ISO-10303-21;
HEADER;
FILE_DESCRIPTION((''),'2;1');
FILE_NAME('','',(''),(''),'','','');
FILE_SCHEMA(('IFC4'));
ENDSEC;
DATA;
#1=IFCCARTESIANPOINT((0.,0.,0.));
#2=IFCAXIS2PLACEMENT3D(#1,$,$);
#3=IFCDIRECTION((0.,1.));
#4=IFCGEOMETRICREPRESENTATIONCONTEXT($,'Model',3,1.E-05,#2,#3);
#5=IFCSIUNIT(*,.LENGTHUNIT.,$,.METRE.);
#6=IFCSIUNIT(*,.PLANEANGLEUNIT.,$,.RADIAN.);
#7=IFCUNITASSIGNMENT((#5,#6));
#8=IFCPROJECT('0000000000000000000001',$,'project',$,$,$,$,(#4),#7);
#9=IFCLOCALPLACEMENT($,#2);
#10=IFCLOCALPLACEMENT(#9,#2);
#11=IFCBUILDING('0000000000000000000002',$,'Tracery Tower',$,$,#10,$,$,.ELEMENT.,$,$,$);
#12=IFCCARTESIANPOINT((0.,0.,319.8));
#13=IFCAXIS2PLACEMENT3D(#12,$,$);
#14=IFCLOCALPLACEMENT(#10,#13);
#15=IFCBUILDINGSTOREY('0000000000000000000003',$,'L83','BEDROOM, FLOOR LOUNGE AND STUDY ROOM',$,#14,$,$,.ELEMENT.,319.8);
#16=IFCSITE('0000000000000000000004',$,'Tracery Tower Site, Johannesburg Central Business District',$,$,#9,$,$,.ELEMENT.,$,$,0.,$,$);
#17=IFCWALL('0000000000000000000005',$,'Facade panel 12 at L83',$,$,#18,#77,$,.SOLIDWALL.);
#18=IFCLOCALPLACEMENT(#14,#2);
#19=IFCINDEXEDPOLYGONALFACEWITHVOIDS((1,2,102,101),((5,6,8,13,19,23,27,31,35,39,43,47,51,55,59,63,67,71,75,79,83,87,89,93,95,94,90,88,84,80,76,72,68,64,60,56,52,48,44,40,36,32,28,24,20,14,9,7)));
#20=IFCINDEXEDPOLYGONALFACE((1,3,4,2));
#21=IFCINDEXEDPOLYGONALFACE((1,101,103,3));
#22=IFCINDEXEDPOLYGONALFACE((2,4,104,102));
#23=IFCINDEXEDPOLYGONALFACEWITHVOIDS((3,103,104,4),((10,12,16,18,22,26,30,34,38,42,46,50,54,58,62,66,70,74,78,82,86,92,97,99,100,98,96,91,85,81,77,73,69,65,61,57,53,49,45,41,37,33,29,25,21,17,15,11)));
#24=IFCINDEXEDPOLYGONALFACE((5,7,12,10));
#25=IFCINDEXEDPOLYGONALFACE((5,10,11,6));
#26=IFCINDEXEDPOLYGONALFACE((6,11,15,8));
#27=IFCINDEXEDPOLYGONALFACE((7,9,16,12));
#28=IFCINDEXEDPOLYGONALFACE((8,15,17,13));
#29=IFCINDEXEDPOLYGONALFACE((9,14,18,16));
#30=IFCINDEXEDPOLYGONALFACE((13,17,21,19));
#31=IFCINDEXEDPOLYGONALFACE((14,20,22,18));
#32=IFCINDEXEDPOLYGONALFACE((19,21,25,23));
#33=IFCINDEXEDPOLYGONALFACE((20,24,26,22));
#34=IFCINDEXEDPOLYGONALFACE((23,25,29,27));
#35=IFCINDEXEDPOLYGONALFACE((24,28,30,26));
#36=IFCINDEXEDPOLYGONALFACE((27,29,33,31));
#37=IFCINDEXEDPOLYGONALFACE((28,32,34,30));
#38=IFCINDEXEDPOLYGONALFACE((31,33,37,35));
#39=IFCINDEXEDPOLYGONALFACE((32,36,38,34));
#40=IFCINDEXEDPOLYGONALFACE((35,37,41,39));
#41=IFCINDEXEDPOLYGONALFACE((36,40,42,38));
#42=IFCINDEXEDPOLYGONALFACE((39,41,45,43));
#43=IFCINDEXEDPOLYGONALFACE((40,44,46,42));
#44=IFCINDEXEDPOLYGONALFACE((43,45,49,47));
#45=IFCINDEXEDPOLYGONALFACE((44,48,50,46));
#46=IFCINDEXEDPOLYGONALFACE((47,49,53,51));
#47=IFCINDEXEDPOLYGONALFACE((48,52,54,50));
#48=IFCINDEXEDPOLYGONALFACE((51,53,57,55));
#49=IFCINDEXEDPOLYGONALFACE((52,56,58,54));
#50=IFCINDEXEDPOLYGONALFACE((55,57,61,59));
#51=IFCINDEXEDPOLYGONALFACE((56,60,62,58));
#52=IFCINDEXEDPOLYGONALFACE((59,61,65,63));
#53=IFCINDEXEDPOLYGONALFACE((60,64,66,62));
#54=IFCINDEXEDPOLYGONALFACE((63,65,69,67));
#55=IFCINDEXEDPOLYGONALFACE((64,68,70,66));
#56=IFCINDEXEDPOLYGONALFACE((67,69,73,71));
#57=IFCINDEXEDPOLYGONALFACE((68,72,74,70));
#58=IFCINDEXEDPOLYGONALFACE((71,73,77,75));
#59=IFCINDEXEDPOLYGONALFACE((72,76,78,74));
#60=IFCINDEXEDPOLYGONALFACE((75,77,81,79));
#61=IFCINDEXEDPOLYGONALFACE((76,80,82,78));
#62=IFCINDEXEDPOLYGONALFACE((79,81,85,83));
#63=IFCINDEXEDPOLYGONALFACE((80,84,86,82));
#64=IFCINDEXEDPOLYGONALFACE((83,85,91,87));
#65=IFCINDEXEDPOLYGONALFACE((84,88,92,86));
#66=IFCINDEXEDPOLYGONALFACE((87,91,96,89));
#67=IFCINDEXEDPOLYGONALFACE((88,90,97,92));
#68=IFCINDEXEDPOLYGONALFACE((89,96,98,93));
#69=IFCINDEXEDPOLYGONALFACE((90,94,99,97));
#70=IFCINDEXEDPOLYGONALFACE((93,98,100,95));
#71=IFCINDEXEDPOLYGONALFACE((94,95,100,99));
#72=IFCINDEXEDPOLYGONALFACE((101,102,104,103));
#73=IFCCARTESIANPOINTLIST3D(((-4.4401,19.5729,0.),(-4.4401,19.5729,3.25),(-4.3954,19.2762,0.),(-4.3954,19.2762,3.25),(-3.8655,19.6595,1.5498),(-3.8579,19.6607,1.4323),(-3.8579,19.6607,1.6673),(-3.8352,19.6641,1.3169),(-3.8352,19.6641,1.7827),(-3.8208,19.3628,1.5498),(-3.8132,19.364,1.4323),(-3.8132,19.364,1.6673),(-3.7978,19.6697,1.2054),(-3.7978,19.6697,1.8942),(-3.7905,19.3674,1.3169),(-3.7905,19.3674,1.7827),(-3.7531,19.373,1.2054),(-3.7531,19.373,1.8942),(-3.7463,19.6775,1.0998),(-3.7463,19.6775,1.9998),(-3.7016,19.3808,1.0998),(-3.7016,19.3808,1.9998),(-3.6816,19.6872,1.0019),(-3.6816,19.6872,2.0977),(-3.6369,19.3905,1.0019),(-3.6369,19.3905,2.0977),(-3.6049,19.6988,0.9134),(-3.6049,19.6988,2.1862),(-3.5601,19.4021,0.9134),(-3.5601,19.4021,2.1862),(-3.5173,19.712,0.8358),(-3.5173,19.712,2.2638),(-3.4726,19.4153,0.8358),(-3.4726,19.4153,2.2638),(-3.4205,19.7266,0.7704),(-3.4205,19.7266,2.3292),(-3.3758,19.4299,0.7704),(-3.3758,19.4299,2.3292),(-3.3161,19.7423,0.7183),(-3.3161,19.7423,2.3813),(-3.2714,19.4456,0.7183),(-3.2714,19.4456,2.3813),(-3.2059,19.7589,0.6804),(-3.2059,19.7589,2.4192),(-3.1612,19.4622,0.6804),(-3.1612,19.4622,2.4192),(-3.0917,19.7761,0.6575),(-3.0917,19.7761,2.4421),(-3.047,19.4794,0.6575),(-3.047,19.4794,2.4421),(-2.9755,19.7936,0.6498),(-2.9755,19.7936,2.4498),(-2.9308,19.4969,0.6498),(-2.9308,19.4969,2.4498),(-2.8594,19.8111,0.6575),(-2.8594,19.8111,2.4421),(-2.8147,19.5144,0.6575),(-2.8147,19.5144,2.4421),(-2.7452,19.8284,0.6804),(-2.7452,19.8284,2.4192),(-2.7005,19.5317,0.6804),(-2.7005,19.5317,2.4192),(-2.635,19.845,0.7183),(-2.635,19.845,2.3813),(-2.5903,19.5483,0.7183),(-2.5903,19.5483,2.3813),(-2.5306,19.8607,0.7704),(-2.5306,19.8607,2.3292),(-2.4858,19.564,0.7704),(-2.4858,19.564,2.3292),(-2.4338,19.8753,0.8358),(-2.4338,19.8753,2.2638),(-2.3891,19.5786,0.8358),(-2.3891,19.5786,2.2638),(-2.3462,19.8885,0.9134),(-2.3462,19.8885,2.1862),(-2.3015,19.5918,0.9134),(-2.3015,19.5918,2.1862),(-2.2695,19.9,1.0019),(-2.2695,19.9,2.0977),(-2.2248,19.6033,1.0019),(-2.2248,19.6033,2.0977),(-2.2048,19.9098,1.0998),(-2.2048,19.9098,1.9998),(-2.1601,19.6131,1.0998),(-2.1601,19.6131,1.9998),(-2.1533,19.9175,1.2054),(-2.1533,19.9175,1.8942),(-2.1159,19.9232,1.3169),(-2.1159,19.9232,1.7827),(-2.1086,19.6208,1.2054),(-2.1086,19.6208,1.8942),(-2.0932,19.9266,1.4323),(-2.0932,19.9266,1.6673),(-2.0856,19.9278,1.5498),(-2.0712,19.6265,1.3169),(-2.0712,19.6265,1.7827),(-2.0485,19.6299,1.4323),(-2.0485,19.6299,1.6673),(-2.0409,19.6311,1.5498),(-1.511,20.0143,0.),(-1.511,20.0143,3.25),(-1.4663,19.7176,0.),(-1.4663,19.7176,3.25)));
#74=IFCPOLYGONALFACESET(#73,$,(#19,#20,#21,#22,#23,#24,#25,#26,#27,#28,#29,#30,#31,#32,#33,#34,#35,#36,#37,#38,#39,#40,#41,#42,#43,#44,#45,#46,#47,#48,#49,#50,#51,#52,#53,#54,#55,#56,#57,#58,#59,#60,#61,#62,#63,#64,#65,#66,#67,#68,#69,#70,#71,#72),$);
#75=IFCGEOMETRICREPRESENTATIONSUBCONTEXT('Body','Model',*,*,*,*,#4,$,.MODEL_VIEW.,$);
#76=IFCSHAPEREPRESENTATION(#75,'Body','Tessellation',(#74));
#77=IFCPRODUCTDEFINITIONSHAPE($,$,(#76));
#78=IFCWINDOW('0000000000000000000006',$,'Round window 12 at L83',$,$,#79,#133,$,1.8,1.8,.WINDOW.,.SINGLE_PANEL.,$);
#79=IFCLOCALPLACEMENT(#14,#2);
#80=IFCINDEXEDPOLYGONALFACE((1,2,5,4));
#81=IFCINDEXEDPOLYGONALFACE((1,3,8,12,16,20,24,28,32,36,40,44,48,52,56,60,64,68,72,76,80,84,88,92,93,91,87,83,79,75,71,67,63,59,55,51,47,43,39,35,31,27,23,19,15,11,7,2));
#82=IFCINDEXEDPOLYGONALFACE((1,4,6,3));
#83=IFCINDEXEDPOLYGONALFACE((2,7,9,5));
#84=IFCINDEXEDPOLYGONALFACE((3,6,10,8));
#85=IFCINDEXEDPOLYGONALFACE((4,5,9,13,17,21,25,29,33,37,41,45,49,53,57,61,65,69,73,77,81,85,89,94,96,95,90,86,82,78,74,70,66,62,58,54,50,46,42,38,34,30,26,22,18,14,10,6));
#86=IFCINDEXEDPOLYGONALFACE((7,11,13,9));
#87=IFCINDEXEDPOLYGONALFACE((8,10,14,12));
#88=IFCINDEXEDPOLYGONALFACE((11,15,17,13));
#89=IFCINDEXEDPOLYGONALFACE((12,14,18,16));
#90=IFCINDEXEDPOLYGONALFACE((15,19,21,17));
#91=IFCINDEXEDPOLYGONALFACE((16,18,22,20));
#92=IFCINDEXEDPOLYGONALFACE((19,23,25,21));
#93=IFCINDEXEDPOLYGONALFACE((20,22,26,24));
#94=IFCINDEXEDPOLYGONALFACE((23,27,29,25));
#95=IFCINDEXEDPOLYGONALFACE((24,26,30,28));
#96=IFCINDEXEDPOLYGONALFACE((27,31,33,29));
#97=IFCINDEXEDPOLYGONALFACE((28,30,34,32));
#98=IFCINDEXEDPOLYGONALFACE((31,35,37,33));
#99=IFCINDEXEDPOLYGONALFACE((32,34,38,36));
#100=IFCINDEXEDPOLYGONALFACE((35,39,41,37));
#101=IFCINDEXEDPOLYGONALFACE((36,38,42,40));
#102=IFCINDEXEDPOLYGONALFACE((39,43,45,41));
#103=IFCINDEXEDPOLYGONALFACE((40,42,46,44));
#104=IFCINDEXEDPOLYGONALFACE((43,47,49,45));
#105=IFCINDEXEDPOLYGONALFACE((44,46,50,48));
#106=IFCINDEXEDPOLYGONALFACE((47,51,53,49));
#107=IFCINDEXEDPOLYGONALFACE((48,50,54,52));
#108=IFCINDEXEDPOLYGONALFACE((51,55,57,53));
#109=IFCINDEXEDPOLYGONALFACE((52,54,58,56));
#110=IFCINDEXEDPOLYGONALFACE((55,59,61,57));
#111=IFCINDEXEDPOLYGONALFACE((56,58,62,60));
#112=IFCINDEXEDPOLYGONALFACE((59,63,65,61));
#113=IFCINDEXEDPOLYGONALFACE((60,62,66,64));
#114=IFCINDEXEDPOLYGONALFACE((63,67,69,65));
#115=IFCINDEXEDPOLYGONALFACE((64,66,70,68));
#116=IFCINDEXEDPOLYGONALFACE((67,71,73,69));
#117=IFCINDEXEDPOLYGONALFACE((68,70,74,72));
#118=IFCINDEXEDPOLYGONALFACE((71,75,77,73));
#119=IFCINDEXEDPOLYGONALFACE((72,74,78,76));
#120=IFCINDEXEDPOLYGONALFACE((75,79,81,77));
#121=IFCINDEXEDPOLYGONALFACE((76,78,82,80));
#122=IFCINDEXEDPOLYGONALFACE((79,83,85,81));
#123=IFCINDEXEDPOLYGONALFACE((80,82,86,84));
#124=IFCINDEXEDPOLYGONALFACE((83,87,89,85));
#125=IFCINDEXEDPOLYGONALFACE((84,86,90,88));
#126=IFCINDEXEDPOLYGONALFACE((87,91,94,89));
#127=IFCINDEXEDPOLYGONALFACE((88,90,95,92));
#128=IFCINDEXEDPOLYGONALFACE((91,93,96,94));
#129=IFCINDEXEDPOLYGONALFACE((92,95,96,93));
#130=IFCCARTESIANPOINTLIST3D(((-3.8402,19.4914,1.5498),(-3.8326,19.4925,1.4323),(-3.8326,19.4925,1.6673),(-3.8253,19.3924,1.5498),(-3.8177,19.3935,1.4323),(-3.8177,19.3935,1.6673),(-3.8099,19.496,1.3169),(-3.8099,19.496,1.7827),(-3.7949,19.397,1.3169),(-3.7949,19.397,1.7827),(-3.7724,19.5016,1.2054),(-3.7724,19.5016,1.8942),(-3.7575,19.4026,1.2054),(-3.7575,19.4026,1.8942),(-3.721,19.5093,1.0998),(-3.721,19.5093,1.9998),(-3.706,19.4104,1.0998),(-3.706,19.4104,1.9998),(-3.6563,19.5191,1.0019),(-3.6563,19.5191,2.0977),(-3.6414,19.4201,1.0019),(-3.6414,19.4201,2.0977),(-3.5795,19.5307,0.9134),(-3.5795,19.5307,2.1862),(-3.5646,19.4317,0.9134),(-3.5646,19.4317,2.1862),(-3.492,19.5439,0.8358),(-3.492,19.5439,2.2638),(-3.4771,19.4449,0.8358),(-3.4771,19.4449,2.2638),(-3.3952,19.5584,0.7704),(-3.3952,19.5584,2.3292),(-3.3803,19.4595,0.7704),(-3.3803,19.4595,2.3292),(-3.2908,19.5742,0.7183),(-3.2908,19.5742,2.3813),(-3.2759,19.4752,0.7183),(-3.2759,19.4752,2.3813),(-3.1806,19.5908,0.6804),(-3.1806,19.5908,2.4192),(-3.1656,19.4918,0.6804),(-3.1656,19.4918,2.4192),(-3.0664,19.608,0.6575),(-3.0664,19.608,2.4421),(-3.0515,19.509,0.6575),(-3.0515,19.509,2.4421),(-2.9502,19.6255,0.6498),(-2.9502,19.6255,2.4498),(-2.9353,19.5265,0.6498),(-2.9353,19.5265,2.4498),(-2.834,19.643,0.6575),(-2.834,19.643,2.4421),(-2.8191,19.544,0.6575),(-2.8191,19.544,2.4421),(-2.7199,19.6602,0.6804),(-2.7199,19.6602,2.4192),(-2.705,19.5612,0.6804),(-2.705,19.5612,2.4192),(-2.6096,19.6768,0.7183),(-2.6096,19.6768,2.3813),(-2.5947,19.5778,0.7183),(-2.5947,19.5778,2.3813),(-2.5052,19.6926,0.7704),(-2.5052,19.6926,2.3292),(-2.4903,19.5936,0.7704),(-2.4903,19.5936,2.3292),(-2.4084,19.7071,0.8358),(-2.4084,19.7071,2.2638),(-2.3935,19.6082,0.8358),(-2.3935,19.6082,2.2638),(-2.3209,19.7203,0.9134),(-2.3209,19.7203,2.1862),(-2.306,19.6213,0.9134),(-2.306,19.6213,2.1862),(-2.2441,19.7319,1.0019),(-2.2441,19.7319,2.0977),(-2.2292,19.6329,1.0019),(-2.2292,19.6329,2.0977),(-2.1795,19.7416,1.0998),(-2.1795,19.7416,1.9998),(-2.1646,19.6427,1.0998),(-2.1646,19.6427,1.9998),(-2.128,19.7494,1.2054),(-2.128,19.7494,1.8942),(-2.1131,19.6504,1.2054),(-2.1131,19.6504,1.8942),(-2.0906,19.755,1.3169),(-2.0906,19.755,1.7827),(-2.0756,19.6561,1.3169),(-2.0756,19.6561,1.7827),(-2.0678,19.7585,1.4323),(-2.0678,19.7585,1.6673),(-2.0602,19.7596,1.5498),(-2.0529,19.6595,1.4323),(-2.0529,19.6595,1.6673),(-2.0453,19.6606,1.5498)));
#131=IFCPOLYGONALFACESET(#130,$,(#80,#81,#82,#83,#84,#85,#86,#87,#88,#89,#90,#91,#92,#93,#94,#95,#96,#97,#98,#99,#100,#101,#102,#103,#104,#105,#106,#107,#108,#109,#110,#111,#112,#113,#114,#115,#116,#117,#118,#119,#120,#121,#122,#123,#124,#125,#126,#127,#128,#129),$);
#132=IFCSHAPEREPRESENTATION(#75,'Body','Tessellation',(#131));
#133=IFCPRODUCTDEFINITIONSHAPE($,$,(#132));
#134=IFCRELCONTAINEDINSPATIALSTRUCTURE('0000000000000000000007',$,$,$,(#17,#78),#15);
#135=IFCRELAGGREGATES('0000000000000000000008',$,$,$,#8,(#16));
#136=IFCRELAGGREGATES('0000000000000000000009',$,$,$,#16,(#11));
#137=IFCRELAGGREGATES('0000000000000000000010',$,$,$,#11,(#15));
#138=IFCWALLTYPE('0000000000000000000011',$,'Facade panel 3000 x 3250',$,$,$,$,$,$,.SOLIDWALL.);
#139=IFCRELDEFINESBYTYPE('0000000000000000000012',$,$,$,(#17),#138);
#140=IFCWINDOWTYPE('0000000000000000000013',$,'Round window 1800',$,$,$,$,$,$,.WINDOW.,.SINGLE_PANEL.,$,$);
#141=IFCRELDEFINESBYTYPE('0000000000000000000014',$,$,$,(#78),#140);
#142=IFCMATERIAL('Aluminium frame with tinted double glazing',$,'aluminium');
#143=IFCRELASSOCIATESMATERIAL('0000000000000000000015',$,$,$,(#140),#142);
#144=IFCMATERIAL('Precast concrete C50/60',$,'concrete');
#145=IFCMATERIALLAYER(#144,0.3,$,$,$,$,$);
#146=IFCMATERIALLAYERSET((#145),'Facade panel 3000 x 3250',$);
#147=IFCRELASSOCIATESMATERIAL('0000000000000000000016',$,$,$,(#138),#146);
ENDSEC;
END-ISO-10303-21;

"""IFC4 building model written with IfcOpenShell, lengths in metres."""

from ifc_helpers import new_model, si_unit, direction, frame, frame_2d, origin, origin_2d, place, context, subcontext, project, spatial, rectangle, circle, extrude, material, layer, layer_set, type_object, element, fill, save


model = new_model("IFC4")

# Units and contexts
model_context = context("Model", 3, precision=1e-05, world=origin(), true_north=direction((0.0, 1.0)))
body_context = subcontext(model_context, "Body", "Model", "MODEL_VIEW")
ifc_project = project(units=[si_unit("LENGTHUNIT", "METRE"), si_unit("PLANEANGLEUNIT", "RADIAN")], contexts=[model_context])

# Site, building, storey
site_placement = place(None, origin())
site = spatial("IfcSite", under=ifc_project, at=site_placement, Name="Tracery Tower Site, Johannesburg Central Business District", CompositionType="ELEMENT", RefElevation=0.0)
building_placement = place(site_placement, origin())
building = spatial("IfcBuilding", under=site, at=building_placement, Name="Tracery Tower", CompositionType="ELEMENT")
storey_placement = place(building_placement, frame((0.0, 0.0, 319.8)))
storey = spatial("IfcBuildingStorey", under=building, at=storey_placement, Name="L83", Description="BEDROOM, FLOOR LOUNGE AND STUDY ROOM", CompositionType="ELEMENT", Elevation=319.8)

# Wall, opening, window
ifc_material_1 = material(Name="Aluminium frame with tinted double glazing", Category="aluminium")
window_type = type_object("IfcWindowType", Name="Round window 1800", PartitioningType="SINGLE_PANEL", PredefinedType="WINDOW", material=ifc_material_1)
ifc_material_2 = material(Name="Precast concrete C50/60", Category="concrete")
ifc_layer_1 = layer(ifc_material_2, 0.3)
ifc_layer_set_1 = layer_set([ifc_layer_1], Name="Facade panel 3000 x 3250")
wall_type_1 = type_object("IfcWallType", Name="Facade panel 3000 x 3250", PredefinedType="SOLIDWALL", material=ifc_layer_set_1)
wall_1_placement = place(storey_placement, frame((-1.4888, 19.866, 0.0), z_axis=(0.0, 0.0, 1.0), x_axis=(-0.988836, -0.149009, 0.0)))
wall_1 = element("IfcWall", 1, at=wall_1_placement, inside=storey, type_object=wall_type_1, Name="Facade panel 12 at L83", PredefinedType="SOLIDWALL", context=body_context, shape_type="SweptSolid", body=[
    extrude(rectangle(XDim=2.9622, YDim=0.3, at=frame_2d((1.481, 0.0))), origin(), (0.0, 0.0, 1.0), 3.25),
])
opening_1_placement = place(wall_1_placement, frame((1.481, 0.0, 1.5498)))
opening_1 = element("IfcOpeningElement", 2, at=opening_1_placement, cuts=wall_1, PredefinedType="OPENING", context=body_context, shape_type="SweptSolid", body=[
    extrude(circle(Radius=0.9, at=origin_2d()), frame((0.0, 0.1599, 0.0), z_axis=(0.0, -1.0, 0.0), x_axis=(1.0, 0.0, 0.0)), (0.0, 0.0, 1.0), 0.3201),
])
window_1_placement = place(opening_1_placement, origin())
window_1 = element("IfcWindow", 3, at=window_1_placement, inside=storey, type_object=window_type, Name="Round window 12 at L83", OverallHeight=1.8, OverallWidth=1.8, PartitioningType="SINGLE_PANEL", PredefinedType="WINDOW", context=body_context, shape_type="SweptSolid", body=[
    extrude(circle(Radius=0.9, at=origin_2d()), frame((0.0, 0.1201, 0.0), z_axis=(0.0, -1.0, 0.0), x_axis=(1.0, 0.0, 0.0)), (0.0, 0.0, 1.0), 0.1001),
])
fill(opening_1, window_1)

save(model, "model.ifc")
